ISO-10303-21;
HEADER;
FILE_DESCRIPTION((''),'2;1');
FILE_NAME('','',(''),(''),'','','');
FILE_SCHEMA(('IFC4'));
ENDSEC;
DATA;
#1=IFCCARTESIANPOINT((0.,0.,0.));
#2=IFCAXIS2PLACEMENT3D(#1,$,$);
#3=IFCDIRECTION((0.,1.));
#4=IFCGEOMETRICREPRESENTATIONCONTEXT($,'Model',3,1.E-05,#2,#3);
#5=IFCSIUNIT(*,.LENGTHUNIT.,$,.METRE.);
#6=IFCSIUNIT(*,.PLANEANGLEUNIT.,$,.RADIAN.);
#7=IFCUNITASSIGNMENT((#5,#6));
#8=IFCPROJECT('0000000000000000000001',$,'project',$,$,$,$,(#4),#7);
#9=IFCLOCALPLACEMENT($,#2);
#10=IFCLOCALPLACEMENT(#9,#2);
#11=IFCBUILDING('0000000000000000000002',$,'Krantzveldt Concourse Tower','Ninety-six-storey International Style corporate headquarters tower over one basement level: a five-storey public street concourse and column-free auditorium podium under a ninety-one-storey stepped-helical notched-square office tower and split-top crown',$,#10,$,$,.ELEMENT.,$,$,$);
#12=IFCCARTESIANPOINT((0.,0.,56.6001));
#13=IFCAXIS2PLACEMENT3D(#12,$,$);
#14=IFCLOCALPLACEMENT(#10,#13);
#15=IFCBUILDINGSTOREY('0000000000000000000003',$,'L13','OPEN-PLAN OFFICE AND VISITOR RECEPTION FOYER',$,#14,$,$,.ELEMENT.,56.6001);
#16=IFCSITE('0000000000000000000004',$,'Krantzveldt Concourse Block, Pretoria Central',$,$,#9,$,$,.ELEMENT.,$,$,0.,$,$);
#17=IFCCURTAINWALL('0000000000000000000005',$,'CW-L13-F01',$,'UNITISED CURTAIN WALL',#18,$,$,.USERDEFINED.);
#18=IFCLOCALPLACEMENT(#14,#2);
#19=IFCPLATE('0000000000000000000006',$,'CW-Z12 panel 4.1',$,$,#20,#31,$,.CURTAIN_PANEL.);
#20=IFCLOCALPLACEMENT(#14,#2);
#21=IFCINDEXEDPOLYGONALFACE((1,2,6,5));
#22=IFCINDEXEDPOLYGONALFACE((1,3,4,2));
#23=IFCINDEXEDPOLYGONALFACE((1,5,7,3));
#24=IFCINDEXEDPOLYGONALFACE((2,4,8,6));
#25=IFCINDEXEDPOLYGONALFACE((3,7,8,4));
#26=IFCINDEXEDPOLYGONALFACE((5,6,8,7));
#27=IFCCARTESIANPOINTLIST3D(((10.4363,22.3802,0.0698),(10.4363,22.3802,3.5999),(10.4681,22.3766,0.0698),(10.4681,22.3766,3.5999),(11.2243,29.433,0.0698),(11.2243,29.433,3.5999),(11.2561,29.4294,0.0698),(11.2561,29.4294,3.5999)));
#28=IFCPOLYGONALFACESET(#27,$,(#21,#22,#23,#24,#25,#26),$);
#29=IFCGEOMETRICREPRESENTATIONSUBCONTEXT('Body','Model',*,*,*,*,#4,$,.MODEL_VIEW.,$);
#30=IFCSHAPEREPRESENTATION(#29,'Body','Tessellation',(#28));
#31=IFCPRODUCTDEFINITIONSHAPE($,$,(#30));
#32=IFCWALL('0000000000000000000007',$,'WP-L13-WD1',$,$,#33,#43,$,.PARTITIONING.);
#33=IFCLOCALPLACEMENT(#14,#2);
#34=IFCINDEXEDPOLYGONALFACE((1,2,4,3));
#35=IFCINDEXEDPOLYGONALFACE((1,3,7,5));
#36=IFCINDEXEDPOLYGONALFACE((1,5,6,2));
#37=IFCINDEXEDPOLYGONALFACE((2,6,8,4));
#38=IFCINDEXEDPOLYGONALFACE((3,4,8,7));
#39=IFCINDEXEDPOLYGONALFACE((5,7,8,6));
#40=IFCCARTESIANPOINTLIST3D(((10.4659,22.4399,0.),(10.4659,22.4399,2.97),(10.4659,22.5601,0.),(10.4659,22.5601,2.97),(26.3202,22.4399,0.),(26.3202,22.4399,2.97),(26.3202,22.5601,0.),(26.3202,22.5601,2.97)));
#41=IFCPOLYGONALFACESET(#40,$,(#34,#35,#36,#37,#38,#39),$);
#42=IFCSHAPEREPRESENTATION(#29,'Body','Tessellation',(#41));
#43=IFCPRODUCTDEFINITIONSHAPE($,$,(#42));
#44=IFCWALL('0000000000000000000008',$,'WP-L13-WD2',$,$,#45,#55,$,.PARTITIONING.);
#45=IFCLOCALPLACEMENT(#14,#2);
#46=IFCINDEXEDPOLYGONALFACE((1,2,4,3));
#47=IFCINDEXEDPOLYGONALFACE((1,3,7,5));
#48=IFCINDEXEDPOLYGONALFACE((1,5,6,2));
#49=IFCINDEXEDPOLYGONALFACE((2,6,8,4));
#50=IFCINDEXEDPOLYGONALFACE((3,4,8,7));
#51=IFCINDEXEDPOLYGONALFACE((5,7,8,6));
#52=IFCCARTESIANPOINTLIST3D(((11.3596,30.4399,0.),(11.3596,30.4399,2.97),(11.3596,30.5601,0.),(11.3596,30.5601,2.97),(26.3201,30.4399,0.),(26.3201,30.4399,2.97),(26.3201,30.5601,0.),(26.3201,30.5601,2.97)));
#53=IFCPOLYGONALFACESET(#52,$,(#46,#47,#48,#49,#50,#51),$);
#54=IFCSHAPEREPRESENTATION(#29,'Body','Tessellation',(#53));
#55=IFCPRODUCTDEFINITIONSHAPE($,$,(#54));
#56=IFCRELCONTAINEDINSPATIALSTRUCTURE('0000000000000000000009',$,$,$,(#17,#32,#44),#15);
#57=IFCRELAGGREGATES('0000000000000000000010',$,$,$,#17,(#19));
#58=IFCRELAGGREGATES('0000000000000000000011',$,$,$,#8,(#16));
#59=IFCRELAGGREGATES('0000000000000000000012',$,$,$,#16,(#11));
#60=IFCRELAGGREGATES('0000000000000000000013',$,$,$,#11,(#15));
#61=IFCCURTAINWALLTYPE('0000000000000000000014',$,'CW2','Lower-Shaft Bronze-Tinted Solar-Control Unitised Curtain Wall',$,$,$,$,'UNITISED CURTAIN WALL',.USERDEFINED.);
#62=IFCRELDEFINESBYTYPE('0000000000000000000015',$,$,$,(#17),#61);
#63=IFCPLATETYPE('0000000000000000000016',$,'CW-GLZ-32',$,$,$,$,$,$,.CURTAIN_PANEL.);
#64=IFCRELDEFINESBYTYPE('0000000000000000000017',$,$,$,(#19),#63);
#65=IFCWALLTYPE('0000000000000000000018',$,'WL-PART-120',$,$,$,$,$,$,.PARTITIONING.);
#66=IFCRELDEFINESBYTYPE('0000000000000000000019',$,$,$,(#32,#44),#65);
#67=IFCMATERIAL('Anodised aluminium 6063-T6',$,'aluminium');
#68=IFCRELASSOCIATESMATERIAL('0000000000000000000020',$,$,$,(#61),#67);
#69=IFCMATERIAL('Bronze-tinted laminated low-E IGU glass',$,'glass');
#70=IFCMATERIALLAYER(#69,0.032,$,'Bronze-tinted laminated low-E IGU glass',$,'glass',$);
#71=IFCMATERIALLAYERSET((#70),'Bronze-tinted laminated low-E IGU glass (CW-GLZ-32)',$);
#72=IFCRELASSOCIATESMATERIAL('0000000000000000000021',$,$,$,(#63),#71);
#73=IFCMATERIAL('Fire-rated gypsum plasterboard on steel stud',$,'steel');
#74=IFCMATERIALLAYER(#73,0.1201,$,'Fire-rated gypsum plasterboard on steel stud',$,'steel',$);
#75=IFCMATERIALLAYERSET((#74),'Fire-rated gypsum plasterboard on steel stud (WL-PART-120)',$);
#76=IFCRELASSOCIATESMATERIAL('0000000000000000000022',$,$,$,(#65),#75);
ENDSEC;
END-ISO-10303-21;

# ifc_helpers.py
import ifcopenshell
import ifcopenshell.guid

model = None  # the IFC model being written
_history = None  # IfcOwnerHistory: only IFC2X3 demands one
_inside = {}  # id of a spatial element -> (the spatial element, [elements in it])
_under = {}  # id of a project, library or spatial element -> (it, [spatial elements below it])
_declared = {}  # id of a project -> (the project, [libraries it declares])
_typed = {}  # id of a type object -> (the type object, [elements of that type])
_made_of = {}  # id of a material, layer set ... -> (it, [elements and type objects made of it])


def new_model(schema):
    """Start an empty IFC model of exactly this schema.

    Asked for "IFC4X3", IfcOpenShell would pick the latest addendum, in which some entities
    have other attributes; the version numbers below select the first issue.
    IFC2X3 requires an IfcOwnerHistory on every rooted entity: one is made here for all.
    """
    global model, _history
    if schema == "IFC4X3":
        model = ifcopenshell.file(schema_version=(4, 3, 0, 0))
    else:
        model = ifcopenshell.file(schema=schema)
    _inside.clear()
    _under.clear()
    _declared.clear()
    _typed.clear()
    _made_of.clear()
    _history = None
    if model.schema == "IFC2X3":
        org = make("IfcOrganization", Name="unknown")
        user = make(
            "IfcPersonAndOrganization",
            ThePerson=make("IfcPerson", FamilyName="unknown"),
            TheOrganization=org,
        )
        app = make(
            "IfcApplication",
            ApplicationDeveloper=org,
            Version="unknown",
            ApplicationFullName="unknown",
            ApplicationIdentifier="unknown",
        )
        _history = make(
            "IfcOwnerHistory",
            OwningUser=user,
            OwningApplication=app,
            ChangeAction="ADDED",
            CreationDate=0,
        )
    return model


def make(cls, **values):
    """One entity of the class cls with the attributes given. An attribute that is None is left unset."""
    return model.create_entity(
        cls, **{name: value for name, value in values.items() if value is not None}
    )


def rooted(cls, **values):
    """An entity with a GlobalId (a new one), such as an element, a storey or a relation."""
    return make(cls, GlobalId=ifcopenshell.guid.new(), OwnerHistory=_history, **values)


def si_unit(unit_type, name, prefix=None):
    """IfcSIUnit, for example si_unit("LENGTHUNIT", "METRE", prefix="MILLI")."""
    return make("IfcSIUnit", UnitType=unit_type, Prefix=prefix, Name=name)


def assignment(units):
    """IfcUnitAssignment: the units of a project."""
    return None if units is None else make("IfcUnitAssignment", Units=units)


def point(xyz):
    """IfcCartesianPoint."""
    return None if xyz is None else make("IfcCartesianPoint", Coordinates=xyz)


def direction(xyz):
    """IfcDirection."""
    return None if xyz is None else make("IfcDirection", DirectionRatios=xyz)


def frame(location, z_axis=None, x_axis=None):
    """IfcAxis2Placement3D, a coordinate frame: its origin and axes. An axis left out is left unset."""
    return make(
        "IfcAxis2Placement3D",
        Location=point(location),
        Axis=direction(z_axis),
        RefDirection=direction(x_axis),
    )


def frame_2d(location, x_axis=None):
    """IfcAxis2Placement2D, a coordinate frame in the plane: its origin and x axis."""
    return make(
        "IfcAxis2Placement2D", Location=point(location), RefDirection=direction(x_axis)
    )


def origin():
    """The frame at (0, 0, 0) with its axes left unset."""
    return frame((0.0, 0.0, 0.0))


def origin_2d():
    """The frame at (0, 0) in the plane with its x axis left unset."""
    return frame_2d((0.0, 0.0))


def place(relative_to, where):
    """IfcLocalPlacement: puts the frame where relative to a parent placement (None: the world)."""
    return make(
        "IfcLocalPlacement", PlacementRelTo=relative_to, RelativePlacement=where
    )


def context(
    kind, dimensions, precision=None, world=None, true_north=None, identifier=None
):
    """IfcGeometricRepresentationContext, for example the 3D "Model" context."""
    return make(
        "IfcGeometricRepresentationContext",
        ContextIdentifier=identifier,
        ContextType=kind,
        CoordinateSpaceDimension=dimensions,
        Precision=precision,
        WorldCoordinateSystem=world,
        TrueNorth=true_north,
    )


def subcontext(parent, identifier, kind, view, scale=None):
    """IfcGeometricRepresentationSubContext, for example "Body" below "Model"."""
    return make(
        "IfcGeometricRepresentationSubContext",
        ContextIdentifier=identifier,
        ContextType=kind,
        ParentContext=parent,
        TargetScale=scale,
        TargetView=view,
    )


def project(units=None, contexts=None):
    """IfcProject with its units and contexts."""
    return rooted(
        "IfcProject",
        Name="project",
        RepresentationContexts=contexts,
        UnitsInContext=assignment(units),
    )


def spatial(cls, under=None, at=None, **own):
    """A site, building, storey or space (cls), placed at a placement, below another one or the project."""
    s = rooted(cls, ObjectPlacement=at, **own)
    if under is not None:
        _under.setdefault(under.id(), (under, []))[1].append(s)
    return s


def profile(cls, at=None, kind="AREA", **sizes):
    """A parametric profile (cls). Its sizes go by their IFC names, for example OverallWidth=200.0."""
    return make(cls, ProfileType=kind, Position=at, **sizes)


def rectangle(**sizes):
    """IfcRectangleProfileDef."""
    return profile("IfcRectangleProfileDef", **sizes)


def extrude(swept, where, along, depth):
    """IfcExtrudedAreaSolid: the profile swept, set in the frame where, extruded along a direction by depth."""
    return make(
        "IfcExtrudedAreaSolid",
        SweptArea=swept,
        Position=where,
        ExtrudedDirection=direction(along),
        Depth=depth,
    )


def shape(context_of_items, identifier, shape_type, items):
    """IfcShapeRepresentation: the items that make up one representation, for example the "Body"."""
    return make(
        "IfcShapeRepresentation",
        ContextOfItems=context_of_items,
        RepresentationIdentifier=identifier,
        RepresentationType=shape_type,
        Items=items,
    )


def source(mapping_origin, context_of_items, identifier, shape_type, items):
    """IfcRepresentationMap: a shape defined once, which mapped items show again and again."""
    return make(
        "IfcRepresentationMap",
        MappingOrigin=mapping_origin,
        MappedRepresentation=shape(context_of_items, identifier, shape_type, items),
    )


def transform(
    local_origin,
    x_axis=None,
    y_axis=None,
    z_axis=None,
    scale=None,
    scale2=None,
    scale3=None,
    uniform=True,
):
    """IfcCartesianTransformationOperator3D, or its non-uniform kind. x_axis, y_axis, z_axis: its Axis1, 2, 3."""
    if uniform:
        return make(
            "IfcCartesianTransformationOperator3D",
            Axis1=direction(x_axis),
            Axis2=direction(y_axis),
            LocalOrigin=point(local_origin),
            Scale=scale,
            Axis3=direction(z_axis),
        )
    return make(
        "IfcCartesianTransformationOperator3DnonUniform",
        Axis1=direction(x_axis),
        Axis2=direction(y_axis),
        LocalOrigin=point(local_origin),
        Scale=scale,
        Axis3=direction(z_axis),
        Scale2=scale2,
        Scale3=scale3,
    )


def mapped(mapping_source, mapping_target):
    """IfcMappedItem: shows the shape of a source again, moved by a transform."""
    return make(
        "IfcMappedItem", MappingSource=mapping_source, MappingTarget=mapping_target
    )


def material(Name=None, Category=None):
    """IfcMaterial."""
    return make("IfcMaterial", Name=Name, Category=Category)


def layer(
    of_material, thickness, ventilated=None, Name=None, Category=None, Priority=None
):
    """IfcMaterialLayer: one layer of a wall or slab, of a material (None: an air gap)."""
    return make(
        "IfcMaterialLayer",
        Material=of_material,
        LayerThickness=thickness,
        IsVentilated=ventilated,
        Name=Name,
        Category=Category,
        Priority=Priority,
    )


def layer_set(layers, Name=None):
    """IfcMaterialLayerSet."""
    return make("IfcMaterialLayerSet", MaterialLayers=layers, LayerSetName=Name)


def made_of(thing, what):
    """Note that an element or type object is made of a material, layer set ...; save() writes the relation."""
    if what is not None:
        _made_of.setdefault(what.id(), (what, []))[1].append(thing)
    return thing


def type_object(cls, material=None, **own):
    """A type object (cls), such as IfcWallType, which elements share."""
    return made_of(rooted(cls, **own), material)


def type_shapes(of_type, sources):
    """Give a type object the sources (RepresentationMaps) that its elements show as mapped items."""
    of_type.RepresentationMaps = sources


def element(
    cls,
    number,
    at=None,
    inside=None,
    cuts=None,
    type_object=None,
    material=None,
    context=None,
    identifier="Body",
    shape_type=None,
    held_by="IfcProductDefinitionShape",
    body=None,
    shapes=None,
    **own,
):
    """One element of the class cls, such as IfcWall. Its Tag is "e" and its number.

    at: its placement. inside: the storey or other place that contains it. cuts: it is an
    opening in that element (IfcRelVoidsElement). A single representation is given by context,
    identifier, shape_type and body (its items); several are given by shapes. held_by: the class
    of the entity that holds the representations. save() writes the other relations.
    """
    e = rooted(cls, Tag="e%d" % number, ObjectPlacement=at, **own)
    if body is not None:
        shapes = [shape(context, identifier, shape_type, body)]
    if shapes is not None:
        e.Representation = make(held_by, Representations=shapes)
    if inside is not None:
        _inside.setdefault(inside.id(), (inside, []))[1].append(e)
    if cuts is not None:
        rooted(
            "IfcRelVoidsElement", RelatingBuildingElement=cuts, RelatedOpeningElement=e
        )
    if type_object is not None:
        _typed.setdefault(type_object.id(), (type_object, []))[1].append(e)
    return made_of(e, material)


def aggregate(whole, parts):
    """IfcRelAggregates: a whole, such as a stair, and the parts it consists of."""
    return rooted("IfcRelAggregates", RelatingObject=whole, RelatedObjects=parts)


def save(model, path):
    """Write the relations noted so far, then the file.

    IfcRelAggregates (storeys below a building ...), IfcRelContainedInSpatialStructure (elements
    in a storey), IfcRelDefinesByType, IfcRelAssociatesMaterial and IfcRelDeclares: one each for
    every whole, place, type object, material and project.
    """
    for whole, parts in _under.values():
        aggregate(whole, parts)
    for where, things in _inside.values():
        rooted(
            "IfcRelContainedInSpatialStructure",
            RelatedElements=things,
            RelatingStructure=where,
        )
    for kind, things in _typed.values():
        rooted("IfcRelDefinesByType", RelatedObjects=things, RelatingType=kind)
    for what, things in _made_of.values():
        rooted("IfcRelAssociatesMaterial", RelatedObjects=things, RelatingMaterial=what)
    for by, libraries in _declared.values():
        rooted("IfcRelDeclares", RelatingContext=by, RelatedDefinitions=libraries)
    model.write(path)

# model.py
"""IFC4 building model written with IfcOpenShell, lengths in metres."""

from ifc_helpers import new_model, si_unit, direction, frame, frame_2d, origin, origin_2d, place, context, subcontext, project, spatial, rectangle, extrude, source, transform, mapped, material, layer, layer_set, type_object, type_shapes, element, aggregate, save


model = new_model("IFC4")

# Units and contexts
model_context = context("Model", 3, precision=1e-05, world=origin(), true_north=direction((0.0, 1.0)))
body_context = subcontext(model_context, "Body", "Model", "MODEL_VIEW")
ifc_project = project(units=[si_unit("LENGTHUNIT", "METRE"), si_unit("PLANEANGLEUNIT", "RADIAN")], contexts=[model_context])

# Site, building, storey
site_placement = place(None, origin())
site = spatial("IfcSite", under=ifc_project, at=site_placement, Name="Krantzveldt Concourse Block, Pretoria Central", CompositionType="ELEMENT", RefElevation=0.0)
building_placement = place(site_placement, origin())
building = spatial("IfcBuilding", under=site, at=building_placement, Name="Krantzveldt Concourse Tower", Description="Ninety-six-storey International Style corporate headquarters tower over one basement level: a five-storey public street concourse and column-free auditorium podium under a ninety-one-storey stepped-helical notched-square office tower and split-top crown", CompositionType="ELEMENT")
storey_placement = place(building_placement, frame((0.0, 0.0, 56.6001)))
storey = spatial("IfcBuildingStorey", under=building, at=storey_placement, Name="L13", Description="OPEN-PLAN OFFICE AND VISITOR RECEPTION FOYER", CompositionType="ELEMENT", Elevation=56.6001)

# Curtain wall, plate
ifc_material_1 = material(Name="Anodised aluminium 6063-T6", Category="aluminium")
curtain_wall_type = type_object("IfcCurtainWallType", Name="CW2", Description="Lower-Shaft Bronze-Tinted Solar-Control Unitised Curtain Wall", ElementType="UNITISED CURTAIN WALL", PredefinedType="USERDEFINED", material=ifc_material_1)
curtain_wall_placement = place(storey_placement, origin())
curtain_wall = element("IfcCurtainWall", 1, at=curtain_wall_placement, inside=storey, type_object=curtain_wall_type, Name="CW-L13-F01", ObjectType="UNITISED CURTAIN WALL", PredefinedType="USERDEFINED")
ifc_material_2 = material(Name="Bronze-tinted laminated low-E IGU glass", Category="glass")
ifc_layer_1 = layer(ifc_material_2, 0.032, Name="Bronze-tinted laminated low-E IGU glass", Category="glass")
ifc_layer_set_1 = layer_set([ifc_layer_1], Name="Bronze-tinted laminated low-E IGU glass (CW-GLZ-32)")
plate_type = type_object("IfcPlateType", Name="CW-GLZ-32", PredefinedType="CURTAIN_PANEL", material=ifc_layer_set_1)
shared_shape_1 = source(origin(), body_context, "Body", "SweptSolid", [
    extrude(rectangle(XDim=7.0967, YDim=0.032, at=origin_2d()), origin(), (0.0, 0.0, 1.0), 3.53),
])
type_shapes(plate_type, [shared_shape_1])
plate_1_placement = place(storey_placement, frame((10.8462, 25.9048, 0.0698), z_axis=(0.0, 0.0, 1.0), x_axis=(-0.111035, -0.993816, 0.0)))
plate_1 = element("IfcPlate", 2, at=plate_1_placement, type_object=plate_type, Name="CW-Z12 panel 4.1", PredefinedType="CURTAIN_PANEL", context=body_context, shape_type="MappedRepresentation", body=[
    mapped(shared_shape_1, transform((0.0, 0.0, 0.0), x_axis=(1.0, 0.0, 0.0), y_axis=(0.0, 1.0, 0.0), z_axis=(0.0, 0.0, 1.0), scale=1.0)),
])
aggregate(curtain_wall, [plate_1])

# Walls
ifc_material_3 = material(Name="Fire-rated gypsum plasterboard on steel stud", Category="steel")
ifc_layer_2 = layer(ifc_material_3, 0.1201, Name="Fire-rated gypsum plasterboard on steel stud", Category="steel")
ifc_layer_set_2 = layer_set([ifc_layer_2], Name="Fire-rated gypsum plasterboard on steel stud (WL-PART-120)")
wall_type = type_object("IfcWallType", Name="WL-PART-120", PredefinedType="PARTITIONING", material=ifc_layer_set_2)
wall_1_placement = place(storey_placement, frame((10.4658, 22.5, 0.0), z_axis=(0.0, 0.0, 1.0), x_axis=(1.0, 0.0, 0.0)))
element("IfcWall", 3, at=wall_1_placement, inside=storey, type_object=wall_type, Name="WP-L13-WD1", PredefinedType="PARTITIONING", context=body_context, shape_type="SweptSolid", body=[
    extrude(rectangle(XDim=15.8542, YDim=0.1201, at=frame_2d((7.9272, 0.0))), origin(), (0.0, 0.0, 1.0), 2.97),
])
wall_2_placement = place(storey_placement, frame((11.3596, 30.5, 0.0), z_axis=(0.0, 0.0, 1.0), x_axis=(1.0, 0.0, 0.0)))
element("IfcWall", 4, at=wall_2_placement, inside=storey, type_object=wall_type, Name="WP-L13-WD2", PredefinedType="PARTITIONING", context=body_context, shape_type="SweptSolid", body=[
    extrude(rectangle(XDim=14.9604, YDim=0.1201, at=frame_2d((7.4802, 0.0))), origin(), (0.0, 0.0, 1.0), 2.97),
])

save(model, "model.ifc")
